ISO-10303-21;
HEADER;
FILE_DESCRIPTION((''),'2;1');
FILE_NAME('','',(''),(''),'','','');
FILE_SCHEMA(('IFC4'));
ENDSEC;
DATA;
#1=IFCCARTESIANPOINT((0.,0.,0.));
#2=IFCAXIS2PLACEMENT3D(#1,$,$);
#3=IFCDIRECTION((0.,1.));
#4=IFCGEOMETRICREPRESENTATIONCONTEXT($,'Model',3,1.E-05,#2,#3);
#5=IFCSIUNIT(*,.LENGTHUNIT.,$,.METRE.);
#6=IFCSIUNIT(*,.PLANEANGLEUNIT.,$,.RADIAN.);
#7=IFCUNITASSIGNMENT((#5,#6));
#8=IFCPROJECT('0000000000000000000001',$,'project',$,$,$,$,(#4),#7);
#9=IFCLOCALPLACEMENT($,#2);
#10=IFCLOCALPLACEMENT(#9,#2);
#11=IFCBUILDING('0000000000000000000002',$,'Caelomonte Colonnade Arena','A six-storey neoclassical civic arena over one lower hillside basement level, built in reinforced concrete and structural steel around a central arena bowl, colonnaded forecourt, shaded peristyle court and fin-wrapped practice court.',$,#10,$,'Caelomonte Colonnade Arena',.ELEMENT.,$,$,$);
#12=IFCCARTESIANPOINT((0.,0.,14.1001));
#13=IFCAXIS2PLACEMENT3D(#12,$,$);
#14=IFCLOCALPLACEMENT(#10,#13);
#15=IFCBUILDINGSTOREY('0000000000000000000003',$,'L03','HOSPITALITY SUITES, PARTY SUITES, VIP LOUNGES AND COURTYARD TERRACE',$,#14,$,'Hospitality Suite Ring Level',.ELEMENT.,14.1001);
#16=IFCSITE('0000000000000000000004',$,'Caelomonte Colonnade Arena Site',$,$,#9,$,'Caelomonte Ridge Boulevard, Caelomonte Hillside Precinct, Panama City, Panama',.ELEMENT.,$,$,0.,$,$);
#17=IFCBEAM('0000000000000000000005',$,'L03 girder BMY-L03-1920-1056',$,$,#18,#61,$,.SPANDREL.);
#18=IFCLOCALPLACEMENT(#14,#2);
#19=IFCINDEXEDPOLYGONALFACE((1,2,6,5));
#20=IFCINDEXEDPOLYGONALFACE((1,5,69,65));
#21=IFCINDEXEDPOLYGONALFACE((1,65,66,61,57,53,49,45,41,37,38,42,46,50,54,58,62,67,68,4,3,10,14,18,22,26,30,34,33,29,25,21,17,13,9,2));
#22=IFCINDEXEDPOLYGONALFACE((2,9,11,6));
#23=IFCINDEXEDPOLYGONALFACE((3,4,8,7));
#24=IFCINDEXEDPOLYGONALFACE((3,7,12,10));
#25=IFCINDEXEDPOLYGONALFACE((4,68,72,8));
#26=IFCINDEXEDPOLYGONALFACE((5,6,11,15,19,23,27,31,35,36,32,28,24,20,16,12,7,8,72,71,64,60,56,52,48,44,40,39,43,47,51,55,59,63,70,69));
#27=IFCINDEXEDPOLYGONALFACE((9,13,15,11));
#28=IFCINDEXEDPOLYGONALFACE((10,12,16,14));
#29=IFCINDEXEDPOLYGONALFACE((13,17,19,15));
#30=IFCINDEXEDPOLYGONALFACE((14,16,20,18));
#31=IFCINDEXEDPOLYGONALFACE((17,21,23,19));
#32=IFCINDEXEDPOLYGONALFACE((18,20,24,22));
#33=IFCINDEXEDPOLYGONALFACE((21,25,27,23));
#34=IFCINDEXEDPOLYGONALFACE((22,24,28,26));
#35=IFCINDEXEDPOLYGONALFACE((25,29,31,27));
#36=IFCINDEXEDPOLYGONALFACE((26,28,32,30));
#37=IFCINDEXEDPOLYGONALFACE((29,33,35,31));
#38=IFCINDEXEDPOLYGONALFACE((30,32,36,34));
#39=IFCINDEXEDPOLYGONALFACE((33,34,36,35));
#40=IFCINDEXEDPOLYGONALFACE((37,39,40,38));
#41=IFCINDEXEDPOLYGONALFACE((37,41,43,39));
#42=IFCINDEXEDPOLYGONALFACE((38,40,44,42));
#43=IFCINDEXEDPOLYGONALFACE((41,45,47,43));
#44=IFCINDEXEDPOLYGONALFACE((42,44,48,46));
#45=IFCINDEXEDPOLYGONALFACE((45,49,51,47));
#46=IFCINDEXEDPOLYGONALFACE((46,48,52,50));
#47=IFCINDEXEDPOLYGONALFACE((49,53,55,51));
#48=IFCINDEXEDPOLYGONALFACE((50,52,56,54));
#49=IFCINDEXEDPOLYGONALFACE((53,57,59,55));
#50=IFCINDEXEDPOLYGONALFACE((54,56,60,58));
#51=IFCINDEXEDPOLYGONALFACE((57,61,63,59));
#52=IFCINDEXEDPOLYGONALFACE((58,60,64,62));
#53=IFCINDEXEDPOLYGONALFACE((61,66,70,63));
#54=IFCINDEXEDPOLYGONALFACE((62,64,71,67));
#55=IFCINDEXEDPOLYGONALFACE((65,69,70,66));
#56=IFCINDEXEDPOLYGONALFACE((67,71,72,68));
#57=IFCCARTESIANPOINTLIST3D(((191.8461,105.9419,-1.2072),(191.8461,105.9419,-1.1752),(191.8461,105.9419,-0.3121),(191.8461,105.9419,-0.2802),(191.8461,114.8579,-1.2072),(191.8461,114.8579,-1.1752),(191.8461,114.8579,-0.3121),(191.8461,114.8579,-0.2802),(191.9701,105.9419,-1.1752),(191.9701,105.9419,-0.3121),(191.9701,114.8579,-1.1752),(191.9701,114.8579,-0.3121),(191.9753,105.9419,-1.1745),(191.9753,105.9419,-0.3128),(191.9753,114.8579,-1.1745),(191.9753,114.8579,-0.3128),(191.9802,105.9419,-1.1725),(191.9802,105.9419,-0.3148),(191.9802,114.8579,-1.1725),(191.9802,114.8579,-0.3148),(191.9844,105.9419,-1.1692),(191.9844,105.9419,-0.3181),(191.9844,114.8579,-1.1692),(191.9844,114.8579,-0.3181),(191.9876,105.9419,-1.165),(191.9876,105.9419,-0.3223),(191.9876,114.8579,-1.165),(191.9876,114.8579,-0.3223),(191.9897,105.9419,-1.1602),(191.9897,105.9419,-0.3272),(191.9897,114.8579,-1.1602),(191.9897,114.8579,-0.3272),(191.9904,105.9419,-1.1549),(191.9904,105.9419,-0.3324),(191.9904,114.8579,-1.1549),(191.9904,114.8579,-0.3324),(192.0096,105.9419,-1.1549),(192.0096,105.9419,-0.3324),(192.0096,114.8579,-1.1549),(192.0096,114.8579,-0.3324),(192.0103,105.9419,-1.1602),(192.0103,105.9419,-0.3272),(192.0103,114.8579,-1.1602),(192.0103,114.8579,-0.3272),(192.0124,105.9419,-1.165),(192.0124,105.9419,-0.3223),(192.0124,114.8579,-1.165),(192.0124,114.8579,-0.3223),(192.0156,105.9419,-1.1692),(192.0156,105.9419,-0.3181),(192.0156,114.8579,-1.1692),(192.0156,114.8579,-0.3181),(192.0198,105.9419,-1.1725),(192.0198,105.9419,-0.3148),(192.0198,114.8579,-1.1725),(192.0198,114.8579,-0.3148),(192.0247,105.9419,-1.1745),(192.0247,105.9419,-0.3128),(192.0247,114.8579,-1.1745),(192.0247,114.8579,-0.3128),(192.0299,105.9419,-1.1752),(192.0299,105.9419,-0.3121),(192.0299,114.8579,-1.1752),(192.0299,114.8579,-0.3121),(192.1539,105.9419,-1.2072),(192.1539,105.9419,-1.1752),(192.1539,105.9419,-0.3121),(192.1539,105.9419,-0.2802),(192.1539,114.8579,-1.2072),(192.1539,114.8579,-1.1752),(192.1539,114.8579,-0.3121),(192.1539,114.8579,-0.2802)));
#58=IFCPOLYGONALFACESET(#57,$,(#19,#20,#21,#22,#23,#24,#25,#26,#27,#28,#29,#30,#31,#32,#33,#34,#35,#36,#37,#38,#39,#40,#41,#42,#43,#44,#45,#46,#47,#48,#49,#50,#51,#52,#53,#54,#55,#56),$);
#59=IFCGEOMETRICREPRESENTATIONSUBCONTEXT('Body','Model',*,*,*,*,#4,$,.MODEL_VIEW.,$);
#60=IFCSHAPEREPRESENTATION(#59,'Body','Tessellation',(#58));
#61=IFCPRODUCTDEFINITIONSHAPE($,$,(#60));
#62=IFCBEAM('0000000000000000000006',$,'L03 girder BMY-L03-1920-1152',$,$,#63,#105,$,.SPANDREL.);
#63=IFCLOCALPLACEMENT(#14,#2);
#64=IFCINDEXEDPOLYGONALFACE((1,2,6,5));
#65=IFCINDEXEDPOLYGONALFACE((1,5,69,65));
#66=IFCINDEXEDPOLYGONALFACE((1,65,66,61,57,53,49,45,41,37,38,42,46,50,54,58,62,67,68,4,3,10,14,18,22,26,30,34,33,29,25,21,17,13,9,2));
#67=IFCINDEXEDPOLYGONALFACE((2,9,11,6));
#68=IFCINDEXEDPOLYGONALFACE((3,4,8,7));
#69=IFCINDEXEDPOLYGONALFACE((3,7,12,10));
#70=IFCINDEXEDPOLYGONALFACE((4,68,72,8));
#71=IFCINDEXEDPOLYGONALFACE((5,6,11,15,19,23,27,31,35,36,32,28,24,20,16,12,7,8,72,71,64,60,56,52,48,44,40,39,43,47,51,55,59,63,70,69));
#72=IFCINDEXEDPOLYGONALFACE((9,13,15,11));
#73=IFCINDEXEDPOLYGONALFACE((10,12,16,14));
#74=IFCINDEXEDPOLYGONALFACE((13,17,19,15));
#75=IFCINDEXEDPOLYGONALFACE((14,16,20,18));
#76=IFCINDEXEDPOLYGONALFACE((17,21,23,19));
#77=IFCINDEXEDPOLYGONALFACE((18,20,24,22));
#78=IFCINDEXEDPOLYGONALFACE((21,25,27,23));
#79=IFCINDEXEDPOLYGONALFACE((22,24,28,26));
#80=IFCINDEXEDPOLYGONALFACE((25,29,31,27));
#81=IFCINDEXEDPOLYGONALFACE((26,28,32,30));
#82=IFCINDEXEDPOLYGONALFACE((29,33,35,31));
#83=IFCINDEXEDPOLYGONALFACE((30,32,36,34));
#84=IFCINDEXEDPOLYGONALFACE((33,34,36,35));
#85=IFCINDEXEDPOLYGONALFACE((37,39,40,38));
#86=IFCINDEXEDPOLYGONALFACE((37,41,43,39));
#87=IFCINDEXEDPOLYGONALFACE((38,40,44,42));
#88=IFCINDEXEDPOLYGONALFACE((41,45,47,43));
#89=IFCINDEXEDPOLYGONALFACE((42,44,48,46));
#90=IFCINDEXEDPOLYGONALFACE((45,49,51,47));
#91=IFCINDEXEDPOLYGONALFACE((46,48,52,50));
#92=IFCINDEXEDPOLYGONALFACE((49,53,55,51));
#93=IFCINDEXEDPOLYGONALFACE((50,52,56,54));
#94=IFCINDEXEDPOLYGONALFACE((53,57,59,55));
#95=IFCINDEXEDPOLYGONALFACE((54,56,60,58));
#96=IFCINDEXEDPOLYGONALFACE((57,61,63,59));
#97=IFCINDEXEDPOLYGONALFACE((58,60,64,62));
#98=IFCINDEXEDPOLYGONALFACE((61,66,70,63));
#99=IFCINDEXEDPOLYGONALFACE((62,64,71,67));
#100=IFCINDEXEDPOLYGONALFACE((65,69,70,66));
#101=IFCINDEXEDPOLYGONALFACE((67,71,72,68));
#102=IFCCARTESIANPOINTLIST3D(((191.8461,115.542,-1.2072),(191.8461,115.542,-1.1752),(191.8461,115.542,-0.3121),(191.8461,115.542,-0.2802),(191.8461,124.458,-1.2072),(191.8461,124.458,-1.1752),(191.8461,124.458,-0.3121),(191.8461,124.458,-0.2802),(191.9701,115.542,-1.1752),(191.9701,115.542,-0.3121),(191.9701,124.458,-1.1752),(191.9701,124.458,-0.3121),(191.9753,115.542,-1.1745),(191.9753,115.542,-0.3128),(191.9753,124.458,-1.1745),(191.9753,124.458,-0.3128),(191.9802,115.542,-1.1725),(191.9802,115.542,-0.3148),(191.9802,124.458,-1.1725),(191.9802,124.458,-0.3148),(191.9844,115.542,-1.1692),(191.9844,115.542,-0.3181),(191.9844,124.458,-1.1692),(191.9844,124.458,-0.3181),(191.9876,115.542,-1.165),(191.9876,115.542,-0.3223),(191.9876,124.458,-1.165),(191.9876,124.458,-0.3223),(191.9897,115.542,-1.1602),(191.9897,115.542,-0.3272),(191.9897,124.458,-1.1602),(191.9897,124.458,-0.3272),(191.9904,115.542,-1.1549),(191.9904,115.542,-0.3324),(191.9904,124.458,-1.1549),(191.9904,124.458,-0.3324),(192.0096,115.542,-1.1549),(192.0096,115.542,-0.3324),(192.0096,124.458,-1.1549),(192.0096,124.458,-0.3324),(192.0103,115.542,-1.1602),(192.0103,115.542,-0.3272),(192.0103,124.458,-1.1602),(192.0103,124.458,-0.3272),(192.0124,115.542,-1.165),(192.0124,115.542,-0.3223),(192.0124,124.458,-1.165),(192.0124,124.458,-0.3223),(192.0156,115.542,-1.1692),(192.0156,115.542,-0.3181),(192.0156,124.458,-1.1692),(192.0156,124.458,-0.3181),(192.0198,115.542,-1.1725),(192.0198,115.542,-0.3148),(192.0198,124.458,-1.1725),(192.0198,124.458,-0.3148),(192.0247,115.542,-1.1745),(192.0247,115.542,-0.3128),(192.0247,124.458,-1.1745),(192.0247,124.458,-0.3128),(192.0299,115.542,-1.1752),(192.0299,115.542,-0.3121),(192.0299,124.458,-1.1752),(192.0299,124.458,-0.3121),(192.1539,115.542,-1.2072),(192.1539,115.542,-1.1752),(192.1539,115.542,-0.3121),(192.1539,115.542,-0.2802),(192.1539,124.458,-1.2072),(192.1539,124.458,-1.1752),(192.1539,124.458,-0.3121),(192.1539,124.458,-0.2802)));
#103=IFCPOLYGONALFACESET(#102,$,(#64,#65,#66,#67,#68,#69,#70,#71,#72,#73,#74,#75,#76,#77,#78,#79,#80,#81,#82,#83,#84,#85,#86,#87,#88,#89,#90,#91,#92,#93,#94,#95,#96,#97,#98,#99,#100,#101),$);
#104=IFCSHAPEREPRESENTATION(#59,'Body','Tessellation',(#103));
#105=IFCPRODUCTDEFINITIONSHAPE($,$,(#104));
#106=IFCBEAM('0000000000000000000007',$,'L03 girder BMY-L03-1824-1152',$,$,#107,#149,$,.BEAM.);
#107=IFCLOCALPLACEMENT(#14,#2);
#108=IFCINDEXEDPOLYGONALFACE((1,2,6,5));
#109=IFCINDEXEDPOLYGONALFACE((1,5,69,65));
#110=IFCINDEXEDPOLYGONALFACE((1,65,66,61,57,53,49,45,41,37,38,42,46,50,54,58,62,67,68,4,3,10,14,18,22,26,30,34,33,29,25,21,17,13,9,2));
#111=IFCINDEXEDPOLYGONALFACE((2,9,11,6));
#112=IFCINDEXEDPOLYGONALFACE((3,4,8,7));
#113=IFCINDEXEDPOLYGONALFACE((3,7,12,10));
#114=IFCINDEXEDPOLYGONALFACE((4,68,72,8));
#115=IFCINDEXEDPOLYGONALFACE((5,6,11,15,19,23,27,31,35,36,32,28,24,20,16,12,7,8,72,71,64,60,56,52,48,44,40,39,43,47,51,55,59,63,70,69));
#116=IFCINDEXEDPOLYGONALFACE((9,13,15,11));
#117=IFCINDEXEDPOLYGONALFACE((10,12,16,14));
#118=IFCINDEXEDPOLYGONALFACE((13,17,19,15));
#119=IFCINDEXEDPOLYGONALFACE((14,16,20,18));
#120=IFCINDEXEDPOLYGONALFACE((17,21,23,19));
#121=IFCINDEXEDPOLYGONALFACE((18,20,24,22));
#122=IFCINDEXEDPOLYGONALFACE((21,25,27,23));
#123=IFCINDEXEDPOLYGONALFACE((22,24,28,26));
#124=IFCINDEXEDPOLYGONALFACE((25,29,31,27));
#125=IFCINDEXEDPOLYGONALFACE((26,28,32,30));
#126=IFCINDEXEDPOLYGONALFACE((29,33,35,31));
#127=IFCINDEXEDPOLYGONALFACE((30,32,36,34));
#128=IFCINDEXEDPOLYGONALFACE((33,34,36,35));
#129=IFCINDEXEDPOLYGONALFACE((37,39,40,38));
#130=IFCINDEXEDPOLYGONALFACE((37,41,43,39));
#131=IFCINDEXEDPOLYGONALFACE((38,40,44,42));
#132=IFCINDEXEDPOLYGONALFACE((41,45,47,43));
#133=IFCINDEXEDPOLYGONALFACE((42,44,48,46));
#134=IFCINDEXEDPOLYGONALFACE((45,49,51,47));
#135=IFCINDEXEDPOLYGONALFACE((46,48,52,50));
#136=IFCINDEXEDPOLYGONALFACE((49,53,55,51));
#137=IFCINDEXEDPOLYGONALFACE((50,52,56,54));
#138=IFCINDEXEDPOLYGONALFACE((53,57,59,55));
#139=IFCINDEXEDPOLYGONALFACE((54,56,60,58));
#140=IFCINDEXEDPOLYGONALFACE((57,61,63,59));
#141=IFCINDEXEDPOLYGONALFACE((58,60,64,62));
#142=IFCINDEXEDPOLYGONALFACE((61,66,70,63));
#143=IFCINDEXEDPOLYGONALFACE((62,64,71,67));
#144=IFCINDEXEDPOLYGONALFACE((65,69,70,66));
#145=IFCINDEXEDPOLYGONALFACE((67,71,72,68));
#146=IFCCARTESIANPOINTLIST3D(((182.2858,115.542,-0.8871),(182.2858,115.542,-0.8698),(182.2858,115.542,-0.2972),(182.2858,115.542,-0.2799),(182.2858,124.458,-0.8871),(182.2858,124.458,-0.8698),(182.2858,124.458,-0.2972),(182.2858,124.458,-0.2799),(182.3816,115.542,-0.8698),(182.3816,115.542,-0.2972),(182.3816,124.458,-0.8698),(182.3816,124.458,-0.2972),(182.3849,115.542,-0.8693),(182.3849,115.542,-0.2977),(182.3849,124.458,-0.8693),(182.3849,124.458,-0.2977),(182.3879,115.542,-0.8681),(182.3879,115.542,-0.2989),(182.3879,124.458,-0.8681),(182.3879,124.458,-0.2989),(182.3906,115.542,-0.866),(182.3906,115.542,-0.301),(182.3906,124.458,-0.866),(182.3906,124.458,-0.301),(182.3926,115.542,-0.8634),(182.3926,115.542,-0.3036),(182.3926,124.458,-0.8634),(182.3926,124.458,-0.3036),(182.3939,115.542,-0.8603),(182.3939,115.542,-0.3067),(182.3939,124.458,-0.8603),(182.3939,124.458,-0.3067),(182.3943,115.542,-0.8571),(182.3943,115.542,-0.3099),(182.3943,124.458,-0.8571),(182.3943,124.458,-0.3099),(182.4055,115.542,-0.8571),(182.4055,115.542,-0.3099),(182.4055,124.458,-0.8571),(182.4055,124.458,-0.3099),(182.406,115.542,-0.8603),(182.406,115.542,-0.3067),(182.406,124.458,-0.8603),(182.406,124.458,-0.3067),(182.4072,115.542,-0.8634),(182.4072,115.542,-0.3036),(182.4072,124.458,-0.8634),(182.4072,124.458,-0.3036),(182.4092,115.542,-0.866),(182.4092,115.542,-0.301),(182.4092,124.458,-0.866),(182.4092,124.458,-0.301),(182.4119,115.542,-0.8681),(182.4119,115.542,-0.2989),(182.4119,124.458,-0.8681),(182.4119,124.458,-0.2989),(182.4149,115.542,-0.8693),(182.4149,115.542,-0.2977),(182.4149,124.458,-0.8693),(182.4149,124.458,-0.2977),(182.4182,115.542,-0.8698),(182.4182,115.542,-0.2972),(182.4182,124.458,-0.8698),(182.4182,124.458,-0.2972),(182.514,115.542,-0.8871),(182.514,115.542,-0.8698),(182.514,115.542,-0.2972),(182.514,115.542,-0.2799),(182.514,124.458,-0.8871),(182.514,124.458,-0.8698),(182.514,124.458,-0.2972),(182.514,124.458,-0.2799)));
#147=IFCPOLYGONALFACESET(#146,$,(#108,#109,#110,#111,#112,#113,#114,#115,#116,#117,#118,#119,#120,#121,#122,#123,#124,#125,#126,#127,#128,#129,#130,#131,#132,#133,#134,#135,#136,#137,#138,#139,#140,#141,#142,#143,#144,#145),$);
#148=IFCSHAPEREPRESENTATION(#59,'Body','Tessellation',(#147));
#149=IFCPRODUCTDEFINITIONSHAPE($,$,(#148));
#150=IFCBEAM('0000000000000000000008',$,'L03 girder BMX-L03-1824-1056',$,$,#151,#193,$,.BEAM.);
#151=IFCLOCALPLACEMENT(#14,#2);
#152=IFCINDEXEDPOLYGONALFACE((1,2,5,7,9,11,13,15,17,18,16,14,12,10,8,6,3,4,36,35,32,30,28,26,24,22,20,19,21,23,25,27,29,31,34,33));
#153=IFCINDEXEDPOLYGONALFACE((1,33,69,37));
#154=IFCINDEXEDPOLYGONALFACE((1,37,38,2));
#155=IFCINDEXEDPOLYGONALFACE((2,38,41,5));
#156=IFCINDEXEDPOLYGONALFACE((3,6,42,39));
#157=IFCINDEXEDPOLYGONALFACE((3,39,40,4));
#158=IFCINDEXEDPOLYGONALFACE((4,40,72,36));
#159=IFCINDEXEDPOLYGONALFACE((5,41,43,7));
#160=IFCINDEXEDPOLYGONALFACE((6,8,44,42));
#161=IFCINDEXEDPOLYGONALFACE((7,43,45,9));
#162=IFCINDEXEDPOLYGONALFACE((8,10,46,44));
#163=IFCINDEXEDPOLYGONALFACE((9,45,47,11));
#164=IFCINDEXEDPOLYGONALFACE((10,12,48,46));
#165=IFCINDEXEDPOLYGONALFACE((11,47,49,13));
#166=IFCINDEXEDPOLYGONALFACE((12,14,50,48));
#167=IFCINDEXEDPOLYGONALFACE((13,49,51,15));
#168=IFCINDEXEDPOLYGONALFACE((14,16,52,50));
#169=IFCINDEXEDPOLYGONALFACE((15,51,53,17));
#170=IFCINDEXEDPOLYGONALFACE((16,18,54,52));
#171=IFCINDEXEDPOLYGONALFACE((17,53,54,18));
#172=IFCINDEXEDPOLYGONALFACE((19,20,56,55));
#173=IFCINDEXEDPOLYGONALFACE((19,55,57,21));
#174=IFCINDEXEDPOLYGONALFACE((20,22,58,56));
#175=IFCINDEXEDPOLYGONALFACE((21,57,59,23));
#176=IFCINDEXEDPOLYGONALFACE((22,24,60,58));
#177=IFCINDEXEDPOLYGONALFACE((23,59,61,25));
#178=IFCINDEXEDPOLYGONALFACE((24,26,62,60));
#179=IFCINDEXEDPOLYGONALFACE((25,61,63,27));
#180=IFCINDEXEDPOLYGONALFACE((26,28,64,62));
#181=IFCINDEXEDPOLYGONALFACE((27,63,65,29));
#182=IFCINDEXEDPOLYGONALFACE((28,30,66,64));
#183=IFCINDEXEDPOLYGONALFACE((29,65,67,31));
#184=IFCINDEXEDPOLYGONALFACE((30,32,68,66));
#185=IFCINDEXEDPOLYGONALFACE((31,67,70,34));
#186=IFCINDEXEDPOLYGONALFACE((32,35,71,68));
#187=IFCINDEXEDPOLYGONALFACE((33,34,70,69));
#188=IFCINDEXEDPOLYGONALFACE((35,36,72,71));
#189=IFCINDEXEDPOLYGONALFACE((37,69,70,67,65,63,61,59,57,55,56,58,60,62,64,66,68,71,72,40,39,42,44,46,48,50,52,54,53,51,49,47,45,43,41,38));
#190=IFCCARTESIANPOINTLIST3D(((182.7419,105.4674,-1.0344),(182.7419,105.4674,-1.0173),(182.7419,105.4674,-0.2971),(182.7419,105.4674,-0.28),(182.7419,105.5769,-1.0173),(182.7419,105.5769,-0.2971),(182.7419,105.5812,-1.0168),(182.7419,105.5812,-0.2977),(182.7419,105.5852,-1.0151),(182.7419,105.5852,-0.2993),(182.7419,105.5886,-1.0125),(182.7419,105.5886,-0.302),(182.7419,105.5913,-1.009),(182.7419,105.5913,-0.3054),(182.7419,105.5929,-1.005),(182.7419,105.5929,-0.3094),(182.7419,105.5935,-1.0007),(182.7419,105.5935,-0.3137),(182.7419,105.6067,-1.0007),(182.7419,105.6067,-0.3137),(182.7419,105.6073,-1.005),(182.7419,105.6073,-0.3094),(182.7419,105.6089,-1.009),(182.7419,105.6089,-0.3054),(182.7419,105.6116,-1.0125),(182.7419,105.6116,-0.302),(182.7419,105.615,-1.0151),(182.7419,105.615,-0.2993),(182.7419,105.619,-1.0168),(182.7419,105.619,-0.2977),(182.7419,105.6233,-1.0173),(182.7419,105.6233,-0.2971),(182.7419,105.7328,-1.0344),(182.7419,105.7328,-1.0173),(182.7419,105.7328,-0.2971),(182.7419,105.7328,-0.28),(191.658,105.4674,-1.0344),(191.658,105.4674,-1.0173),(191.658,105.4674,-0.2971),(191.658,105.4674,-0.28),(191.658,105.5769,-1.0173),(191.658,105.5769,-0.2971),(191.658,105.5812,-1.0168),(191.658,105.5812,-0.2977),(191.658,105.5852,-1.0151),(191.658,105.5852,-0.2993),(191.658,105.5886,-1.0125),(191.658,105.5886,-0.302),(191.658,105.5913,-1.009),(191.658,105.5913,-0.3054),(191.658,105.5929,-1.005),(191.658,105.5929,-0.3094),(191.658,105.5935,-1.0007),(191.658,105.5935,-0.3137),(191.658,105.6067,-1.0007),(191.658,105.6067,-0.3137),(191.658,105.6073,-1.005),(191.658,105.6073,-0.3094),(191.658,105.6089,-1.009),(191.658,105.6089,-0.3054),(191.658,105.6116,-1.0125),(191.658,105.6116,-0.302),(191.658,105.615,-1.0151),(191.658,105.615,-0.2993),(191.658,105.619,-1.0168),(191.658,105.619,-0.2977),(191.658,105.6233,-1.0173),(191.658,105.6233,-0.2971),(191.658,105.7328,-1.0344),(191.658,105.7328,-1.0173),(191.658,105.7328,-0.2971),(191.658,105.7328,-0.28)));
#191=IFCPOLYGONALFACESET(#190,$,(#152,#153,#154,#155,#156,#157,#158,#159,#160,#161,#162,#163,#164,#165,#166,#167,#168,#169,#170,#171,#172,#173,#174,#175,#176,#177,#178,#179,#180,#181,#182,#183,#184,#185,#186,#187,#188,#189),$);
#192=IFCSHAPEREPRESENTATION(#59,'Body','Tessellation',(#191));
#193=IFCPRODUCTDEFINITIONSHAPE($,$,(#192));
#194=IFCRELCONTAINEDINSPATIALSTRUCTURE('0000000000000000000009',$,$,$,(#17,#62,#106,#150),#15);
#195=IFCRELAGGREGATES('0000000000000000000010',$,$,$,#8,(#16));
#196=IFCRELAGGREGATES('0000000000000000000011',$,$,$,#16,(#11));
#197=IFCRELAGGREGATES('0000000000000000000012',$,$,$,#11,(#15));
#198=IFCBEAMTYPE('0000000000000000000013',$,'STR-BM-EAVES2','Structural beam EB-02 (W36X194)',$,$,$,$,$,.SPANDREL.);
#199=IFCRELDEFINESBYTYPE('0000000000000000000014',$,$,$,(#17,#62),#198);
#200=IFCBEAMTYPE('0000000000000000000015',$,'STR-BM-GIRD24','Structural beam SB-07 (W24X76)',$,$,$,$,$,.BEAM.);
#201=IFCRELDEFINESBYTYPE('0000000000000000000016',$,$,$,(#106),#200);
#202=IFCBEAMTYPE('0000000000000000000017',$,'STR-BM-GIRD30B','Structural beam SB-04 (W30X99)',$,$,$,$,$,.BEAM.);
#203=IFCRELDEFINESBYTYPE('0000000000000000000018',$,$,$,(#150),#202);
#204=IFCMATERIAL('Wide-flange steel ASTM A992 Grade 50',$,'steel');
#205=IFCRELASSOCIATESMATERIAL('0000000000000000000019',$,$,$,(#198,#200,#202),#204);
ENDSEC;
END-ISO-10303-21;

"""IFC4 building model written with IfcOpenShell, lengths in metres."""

from ifc_helpers import new_model, si_unit, direction, frame, origin, origin_2d, place, context, subcontext, project, spatial, i_section, extrude, material, material_profile, profile_set, type_object, element, save


model = new_model("IFC4")

# Units and contexts
model_context = context("Model", 3, precision=1e-05, world=origin(), true_north=direction((0.0, 1.0)))
body_context = subcontext(model_context, "Body", "Model", "MODEL_VIEW")
ifc_project = project(units=[si_unit("LENGTHUNIT", "METRE"), si_unit("PLANEANGLEUNIT", "RADIAN")], contexts=[model_context])

# Site, building, storey
site_placement = place(None, origin())
site = spatial("IfcSite", under=ifc_project, at=site_placement, Name="Caelomonte Colonnade Arena Site", LongName="Caelomonte Ridge Boulevard, Caelomonte Hillside Precinct, Panama City, Panama", CompositionType="ELEMENT", RefElevation=0.0)
building_placement = place(site_placement, origin())
building = spatial("IfcBuilding", under=site, at=building_placement, Name="Caelomonte Colonnade Arena", Description="A six-storey neoclassical civic arena over one lower hillside basement level, built in reinforced concrete and structural steel around a central arena bowl, colonnaded forecourt, shaded peristyle court and fin-wrapped practice court.", LongName="Caelomonte Colonnade Arena", CompositionType="ELEMENT")
storey_placement = place(building_placement, frame((0.0, 0.0, 14.1001)))
storey = spatial("IfcBuildingStorey", under=building, at=storey_placement, Name="L03", Description="HOSPITALITY SUITES, PARTY SUITES, VIP LOUNGES AND COURTYARD TERRACE", LongName="Hospitality Suite Ring Level", CompositionType="ELEMENT", Elevation=14.1001)

# Beams
ifc_material_1 = material(Name="Wide-flange steel ASTM A992 Grade 50", Category="steel")
ifc_material_profile_1 = material_profile(ifc_material_1, i_section(OverallWidth=0.3079, OverallDepth=0.927, WebThickness=0.0193, FlangeThickness=0.032, FilletRadius=0.0203, at=origin_2d()), Name="W36X194")
ifc_profile_set_1 = profile_set([ifc_material_profile_1], Name="Wide-flange steel ASTM A992 Grade 50")
beam_type_1 = type_object("IfcBeamType", Name="STR-BM-EAVES2", Description="Structural beam EB-02 (W36X194)", PredefinedType="SPANDREL", material=ifc_profile_set_1)
for number, where, z_axis, x_axis, name in (
    (1, (192.0, 105.9419, -0.7437), (0.0, 1.0, 0.0), (-1.0, 0.0, 0.0), "L03 girder BMY-L03-1920-1056"),
    (2, (192.0, 115.542, -0.7437), (0.0, 1.0, 0.0), (-1.0, 0.0, 0.0), "L03 girder BMY-L03-1920-1152"),
):
    element("IfcBeam", number, at=place(storey_placement, frame(where, z_axis=z_axis, x_axis=x_axis)), inside=storey, type_object=beam_type_1, Name=name, PredefinedType="SPANDREL", context=body_context, shape_type="SweptSolid", body=[
        extrude(i_section(OverallWidth=0.3079, OverallDepth=0.927, WebThickness=0.0193, FlangeThickness=0.032, FilletRadius=0.0203, at=origin_2d()), origin(), (0.0, 0.0, 1.0), 8.916),
    ])
ifc_material_profile_2 = material_profile(ifc_material_1, i_section(OverallWidth=0.2283, OverallDepth=0.6072, WebThickness=0.0112, FlangeThickness=0.0173, FilletRadius=0.0127, at=origin_2d()), Name="W24X76")
ifc_profile_set_2 = profile_set([ifc_material_profile_2], Name="Wide-flange steel ASTM A992 Grade 50")
beam_type_2 = type_object("IfcBeamType", Name="STR-BM-GIRD24", Description="Structural beam SB-07 (W24X76)", PredefinedType="BEAM", material=ifc_profile_set_2)
beam_1_placement = place(storey_placement, frame((182.3999, 115.542, -0.5835), z_axis=(0.0, 1.0, 0.0), x_axis=(-1.0, 0.0, 0.0)))
element("IfcBeam", 3, at=beam_1_placement, inside=storey, type_object=beam_type_2, Name="L03 girder BMY-L03-1824-1152", PredefinedType="BEAM", context=body_context, shape_type="SweptSolid", body=[
    extrude(i_section(OverallWidth=0.2283, OverallDepth=0.6072, WebThickness=0.0112, FlangeThickness=0.0173, FilletRadius=0.0127, at=origin_2d()), origin(), (0.0, 0.0, 1.0), 8.916),
])
ifc_material_profile_3 = material_profile(ifc_material_1, i_section(OverallWidth=0.2654, OverallDepth=0.7544, WebThickness=0.0132, FlangeThickness=0.0171, FilletRadius=0.0166, at=origin_2d()), Name="W30X99")
ifc_profile_set_3 = profile_set([ifc_material_profile_3], Name="Wide-flange steel ASTM A992 Grade 50")
beam_type_3 = type_object("IfcBeamType", Name="STR-BM-GIRD30B", Description="Structural beam SB-04 (W30X99)", PredefinedType="BEAM", material=ifc_profile_set_3)
beam_2_placement = place(storey_placement, frame((182.7419, 105.6001, -0.6572), z_axis=(1.0, 0.0, 0.0), x_axis=(0.0, 1.0, 0.0)))
element("IfcBeam", 4, at=beam_2_placement, inside=storey, type_object=beam_type_3, Name="L03 girder BMX-L03-1824-1056", PredefinedType="BEAM", context=body_context, shape_type="SweptSolid", body=[
    extrude(i_section(OverallWidth=0.2654, OverallDepth=0.7544, WebThickness=0.0132, FlangeThickness=0.0171, FilletRadius=0.0166, at=origin_2d()), origin(), (0.0, 0.0, 1.0), 8.916),
])

save(model, "model.ifc")
